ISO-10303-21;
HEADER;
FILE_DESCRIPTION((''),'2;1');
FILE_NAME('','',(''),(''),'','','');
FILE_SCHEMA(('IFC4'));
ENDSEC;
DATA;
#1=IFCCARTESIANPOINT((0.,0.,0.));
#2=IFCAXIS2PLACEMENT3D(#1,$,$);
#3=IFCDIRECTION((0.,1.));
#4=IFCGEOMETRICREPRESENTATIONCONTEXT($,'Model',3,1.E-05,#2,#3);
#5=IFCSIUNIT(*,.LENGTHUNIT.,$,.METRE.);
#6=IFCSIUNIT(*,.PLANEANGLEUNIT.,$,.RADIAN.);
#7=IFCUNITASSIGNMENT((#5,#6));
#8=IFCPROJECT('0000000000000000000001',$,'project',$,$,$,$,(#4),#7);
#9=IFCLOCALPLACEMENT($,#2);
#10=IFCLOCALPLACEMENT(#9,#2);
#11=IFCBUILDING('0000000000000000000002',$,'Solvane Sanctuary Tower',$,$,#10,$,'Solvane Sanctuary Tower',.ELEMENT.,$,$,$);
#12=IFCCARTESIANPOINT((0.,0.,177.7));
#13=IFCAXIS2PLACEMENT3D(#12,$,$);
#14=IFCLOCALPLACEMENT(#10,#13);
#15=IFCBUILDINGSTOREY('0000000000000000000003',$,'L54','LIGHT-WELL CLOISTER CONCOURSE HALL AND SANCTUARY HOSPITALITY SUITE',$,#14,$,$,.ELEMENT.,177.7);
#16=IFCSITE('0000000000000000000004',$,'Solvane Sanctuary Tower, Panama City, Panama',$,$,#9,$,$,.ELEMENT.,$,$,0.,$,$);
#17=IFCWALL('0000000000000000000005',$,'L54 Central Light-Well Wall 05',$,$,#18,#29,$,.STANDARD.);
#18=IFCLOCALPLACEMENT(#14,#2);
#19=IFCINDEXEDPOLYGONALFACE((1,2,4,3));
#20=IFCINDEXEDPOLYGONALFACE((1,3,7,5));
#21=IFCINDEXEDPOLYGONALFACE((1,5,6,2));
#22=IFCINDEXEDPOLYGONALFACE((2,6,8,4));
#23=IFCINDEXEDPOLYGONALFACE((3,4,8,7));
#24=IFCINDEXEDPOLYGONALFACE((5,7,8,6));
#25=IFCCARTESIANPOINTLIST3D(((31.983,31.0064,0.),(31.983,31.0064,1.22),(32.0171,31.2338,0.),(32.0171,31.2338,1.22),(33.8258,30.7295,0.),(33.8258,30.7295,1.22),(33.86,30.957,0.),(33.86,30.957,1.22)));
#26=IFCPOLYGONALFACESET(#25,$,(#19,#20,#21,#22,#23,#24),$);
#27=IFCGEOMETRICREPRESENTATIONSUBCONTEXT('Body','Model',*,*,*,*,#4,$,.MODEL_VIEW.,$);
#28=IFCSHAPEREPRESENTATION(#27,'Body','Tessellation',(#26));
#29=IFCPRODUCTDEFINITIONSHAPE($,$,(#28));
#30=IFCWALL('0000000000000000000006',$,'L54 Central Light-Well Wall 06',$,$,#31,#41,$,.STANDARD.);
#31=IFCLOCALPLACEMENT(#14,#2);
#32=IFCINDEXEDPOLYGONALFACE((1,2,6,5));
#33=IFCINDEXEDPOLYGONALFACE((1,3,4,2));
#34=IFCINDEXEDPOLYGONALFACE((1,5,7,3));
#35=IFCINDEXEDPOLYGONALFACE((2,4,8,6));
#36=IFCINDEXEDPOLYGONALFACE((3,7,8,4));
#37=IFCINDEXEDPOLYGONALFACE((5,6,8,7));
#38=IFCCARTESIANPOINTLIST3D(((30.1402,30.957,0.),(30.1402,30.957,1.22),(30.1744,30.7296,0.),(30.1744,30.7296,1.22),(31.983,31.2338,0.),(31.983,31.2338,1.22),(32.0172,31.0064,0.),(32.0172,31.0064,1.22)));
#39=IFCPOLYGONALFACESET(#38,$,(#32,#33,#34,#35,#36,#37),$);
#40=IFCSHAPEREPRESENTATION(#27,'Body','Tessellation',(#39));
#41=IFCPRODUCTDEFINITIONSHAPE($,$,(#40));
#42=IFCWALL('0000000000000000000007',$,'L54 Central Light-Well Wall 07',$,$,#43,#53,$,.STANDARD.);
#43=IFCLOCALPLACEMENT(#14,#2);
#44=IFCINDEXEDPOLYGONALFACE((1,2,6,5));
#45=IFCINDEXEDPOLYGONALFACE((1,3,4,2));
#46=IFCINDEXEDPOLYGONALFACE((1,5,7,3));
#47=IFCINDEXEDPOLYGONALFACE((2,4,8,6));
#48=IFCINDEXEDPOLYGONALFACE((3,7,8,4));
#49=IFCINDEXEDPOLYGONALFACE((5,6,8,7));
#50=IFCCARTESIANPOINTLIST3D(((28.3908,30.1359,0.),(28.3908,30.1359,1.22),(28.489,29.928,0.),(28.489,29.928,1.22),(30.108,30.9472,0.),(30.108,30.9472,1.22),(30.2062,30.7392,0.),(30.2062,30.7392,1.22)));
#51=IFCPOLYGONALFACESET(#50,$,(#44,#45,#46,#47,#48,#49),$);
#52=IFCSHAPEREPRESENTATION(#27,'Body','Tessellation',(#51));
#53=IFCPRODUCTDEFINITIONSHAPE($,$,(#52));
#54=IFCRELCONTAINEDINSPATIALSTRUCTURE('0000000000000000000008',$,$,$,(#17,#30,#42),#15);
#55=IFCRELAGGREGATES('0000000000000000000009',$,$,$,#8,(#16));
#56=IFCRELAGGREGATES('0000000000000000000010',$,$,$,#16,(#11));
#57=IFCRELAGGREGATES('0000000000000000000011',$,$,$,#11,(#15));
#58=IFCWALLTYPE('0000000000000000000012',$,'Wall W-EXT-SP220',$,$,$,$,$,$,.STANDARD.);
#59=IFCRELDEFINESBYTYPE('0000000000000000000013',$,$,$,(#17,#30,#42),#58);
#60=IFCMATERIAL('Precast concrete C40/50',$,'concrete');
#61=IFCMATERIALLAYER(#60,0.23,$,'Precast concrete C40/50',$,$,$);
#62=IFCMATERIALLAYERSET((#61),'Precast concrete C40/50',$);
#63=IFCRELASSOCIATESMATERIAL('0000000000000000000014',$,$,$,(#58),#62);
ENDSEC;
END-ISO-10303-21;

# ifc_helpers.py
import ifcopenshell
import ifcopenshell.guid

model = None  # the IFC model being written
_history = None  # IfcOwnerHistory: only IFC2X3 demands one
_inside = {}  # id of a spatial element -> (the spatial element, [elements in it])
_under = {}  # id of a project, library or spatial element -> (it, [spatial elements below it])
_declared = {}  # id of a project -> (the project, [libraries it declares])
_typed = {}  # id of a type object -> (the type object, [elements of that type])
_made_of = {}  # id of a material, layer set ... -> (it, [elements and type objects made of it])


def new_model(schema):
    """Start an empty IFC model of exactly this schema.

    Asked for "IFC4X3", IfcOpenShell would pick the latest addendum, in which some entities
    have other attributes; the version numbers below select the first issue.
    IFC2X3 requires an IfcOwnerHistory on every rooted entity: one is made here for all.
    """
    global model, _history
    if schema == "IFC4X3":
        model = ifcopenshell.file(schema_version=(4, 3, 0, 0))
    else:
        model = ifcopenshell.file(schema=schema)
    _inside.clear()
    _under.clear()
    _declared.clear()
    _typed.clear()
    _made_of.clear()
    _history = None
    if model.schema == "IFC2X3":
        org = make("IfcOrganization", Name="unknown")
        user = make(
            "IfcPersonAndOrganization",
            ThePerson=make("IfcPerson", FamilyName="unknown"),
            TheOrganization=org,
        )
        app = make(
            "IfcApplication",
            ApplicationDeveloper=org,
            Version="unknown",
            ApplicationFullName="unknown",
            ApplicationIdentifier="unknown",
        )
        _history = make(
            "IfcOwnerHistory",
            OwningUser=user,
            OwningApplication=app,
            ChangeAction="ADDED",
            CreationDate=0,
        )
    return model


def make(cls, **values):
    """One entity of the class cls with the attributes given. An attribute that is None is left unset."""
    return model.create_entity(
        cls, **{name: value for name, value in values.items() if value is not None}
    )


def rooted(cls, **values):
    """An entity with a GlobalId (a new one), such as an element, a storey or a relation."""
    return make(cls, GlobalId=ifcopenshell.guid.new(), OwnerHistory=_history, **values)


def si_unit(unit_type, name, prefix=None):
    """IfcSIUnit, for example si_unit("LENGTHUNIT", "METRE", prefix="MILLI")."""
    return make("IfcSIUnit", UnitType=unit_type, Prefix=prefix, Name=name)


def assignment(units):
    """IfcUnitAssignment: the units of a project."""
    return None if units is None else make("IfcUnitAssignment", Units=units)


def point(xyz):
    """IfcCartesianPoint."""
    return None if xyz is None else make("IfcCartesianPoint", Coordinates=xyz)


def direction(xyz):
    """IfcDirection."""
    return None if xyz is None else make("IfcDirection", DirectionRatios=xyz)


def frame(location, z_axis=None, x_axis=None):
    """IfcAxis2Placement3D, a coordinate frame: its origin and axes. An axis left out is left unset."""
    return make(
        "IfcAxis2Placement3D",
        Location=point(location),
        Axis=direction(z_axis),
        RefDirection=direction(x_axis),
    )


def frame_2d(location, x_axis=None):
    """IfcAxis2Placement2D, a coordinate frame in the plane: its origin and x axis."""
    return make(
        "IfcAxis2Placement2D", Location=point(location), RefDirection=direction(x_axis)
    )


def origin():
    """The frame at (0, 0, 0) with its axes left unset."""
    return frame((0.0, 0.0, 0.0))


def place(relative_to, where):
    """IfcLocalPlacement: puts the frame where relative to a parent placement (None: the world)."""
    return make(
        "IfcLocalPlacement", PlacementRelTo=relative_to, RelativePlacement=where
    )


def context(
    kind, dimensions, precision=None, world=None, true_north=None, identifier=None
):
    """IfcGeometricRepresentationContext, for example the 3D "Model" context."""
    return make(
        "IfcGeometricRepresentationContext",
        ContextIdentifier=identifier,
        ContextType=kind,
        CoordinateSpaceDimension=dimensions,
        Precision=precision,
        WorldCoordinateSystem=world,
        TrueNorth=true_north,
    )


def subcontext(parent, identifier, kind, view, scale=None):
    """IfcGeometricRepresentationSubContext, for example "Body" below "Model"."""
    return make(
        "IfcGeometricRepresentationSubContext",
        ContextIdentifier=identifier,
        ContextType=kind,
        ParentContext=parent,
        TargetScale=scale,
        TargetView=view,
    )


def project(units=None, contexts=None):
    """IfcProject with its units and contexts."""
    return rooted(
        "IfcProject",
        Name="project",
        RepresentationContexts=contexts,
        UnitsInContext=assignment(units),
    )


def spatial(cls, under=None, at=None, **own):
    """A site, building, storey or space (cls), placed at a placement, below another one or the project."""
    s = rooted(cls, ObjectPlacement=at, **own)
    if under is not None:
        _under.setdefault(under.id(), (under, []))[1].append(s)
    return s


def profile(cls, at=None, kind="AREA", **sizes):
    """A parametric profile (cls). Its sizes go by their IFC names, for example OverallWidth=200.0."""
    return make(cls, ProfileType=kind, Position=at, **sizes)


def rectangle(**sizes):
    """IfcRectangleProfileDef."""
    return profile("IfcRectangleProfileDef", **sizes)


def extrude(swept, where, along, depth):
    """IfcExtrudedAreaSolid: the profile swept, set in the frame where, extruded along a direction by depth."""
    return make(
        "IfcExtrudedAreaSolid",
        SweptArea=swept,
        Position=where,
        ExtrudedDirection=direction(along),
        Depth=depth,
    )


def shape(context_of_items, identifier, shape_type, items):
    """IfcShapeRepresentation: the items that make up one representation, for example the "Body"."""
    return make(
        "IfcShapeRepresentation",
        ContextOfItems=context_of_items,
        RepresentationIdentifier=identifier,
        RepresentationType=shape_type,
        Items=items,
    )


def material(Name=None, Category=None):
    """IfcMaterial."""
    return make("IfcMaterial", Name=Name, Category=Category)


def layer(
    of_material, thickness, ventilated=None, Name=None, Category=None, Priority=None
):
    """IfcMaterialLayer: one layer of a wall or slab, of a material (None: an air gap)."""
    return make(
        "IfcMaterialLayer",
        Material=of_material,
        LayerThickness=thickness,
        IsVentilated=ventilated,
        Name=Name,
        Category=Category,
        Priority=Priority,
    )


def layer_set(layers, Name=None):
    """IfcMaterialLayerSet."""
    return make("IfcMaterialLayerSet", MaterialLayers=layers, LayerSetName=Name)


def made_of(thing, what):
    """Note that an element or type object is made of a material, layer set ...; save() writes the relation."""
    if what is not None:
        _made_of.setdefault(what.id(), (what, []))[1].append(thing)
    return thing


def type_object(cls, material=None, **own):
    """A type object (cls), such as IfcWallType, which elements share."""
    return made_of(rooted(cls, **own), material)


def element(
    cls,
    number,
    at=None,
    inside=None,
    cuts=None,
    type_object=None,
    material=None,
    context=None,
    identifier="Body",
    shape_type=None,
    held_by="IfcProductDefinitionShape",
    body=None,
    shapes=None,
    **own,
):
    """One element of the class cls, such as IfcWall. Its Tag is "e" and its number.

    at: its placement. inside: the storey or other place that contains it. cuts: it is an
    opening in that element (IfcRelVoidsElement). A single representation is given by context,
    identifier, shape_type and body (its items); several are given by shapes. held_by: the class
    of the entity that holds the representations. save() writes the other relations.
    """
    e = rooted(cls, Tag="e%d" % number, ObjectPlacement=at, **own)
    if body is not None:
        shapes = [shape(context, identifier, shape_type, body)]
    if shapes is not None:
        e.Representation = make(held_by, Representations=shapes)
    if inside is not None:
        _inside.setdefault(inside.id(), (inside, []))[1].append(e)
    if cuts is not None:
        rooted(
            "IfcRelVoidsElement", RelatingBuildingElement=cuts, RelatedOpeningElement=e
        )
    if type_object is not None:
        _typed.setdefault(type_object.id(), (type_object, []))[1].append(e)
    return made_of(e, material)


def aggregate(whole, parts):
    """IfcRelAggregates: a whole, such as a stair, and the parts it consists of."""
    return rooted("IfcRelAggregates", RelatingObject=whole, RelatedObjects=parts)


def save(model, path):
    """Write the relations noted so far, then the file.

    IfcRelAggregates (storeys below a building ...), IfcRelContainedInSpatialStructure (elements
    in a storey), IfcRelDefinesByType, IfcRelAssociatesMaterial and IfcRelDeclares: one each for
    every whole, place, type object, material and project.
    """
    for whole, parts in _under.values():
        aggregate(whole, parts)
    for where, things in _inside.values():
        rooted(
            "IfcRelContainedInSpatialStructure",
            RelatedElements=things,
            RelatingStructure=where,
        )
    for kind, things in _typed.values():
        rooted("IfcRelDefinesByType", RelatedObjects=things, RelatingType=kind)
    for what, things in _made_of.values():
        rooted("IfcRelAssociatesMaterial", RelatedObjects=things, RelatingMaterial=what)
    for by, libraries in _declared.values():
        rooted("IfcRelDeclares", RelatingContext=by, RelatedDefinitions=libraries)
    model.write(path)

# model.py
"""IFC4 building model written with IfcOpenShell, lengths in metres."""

from ifc_helpers import new_model, si_unit, direction, frame, frame_2d, origin, place, context, subcontext, project, spatial, rectangle, extrude, material, layer, layer_set, type_object, element, save


model = new_model("IFC4")

# Units and contexts
model_context = context("Model", 3, precision=1e-05, world=origin(), true_north=direction((0.0, 1.0)))
body_context = subcontext(model_context, "Body", "Model", "MODEL_VIEW")
ifc_project = project(units=[si_unit("LENGTHUNIT", "METRE"), si_unit("PLANEANGLEUNIT", "RADIAN")], contexts=[model_context])

# Site, building, storey
site_placement = place(None, origin())
site = spatial("IfcSite", under=ifc_project, at=site_placement, Name="Solvane Sanctuary Tower, Panama City, Panama", CompositionType="ELEMENT", RefElevation=0.0)
building_placement = place(site_placement, origin())
building = spatial("IfcBuilding", under=site, at=building_placement, Name="Solvane Sanctuary Tower", LongName="Solvane Sanctuary Tower", CompositionType="ELEMENT")
storey_placement = place(building_placement, frame((0.0, 0.0, 177.7)))
storey = spatial("IfcBuildingStorey", under=building, at=storey_placement, Name="L54", Description="LIGHT-WELL CLOISTER CONCOURSE HALL AND SANCTUARY HOSPITALITY SUITE", CompositionType="ELEMENT", Elevation=177.7)

# Walls
ifc_material_1 = material(Name="Precast concrete C40/50", Category="concrete")
ifc_layer = layer(ifc_material_1, 0.23, Name="Precast concrete C40/50")
ifc_layer_set = layer_set([ifc_layer], Name="Precast concrete C40/50")
wall_type = type_object("IfcWallType", Name="Wall W-EXT-SP220", PredefinedType="STANDARD", material=ifc_layer_set)
for number, where, z_axis, x_axis, name in (
    (1, (33.8428, 30.8433, 0.0), (0.0, 0.0, 1.0), (-0.988902, 0.148571, 0.0), "L54 Central Light-Well Wall 05"),
    (2, (32.0, 31.1201, 0.0), (0.0, 0.0, 1.0), (-0.988902, -0.148571, 0.0), "L54 Central Light-Well Wall 06"),
):
    element("IfcWall", number, at=place(storey_placement, frame(where, z_axis=z_axis, x_axis=x_axis)), inside=storey, type_object=wall_type, Name=name, PredefinedType="STANDARD", context=body_context, shape_type="SweptSolid", body=[
        extrude(rectangle(XDim=1.8635, YDim=0.23, at=frame_2d((0.9316, 0.0))), origin(), (0.0, 0.0, 1.0), 1.22),
    ])
wall_1_placement = place(storey_placement, frame((30.1572, 30.8433, 0.0), z_axis=(0.0, 0.0, 1.0), x_axis=(-0.90418, -0.427152, 0.0)))
element("IfcWall", 3, at=wall_1_placement, inside=storey, type_object=wall_type, Name="L54 Central Light-Well Wall 07", PredefinedType="STANDARD", context=body_context, shape_type="SweptSolid", body=[
    extrude(rectangle(XDim=1.8992, YDim=0.23, at=frame_2d((0.9497, 0.0))), origin(), (0.0, 0.0, 1.0), 1.22),
])

save(model, "model.ifc")
